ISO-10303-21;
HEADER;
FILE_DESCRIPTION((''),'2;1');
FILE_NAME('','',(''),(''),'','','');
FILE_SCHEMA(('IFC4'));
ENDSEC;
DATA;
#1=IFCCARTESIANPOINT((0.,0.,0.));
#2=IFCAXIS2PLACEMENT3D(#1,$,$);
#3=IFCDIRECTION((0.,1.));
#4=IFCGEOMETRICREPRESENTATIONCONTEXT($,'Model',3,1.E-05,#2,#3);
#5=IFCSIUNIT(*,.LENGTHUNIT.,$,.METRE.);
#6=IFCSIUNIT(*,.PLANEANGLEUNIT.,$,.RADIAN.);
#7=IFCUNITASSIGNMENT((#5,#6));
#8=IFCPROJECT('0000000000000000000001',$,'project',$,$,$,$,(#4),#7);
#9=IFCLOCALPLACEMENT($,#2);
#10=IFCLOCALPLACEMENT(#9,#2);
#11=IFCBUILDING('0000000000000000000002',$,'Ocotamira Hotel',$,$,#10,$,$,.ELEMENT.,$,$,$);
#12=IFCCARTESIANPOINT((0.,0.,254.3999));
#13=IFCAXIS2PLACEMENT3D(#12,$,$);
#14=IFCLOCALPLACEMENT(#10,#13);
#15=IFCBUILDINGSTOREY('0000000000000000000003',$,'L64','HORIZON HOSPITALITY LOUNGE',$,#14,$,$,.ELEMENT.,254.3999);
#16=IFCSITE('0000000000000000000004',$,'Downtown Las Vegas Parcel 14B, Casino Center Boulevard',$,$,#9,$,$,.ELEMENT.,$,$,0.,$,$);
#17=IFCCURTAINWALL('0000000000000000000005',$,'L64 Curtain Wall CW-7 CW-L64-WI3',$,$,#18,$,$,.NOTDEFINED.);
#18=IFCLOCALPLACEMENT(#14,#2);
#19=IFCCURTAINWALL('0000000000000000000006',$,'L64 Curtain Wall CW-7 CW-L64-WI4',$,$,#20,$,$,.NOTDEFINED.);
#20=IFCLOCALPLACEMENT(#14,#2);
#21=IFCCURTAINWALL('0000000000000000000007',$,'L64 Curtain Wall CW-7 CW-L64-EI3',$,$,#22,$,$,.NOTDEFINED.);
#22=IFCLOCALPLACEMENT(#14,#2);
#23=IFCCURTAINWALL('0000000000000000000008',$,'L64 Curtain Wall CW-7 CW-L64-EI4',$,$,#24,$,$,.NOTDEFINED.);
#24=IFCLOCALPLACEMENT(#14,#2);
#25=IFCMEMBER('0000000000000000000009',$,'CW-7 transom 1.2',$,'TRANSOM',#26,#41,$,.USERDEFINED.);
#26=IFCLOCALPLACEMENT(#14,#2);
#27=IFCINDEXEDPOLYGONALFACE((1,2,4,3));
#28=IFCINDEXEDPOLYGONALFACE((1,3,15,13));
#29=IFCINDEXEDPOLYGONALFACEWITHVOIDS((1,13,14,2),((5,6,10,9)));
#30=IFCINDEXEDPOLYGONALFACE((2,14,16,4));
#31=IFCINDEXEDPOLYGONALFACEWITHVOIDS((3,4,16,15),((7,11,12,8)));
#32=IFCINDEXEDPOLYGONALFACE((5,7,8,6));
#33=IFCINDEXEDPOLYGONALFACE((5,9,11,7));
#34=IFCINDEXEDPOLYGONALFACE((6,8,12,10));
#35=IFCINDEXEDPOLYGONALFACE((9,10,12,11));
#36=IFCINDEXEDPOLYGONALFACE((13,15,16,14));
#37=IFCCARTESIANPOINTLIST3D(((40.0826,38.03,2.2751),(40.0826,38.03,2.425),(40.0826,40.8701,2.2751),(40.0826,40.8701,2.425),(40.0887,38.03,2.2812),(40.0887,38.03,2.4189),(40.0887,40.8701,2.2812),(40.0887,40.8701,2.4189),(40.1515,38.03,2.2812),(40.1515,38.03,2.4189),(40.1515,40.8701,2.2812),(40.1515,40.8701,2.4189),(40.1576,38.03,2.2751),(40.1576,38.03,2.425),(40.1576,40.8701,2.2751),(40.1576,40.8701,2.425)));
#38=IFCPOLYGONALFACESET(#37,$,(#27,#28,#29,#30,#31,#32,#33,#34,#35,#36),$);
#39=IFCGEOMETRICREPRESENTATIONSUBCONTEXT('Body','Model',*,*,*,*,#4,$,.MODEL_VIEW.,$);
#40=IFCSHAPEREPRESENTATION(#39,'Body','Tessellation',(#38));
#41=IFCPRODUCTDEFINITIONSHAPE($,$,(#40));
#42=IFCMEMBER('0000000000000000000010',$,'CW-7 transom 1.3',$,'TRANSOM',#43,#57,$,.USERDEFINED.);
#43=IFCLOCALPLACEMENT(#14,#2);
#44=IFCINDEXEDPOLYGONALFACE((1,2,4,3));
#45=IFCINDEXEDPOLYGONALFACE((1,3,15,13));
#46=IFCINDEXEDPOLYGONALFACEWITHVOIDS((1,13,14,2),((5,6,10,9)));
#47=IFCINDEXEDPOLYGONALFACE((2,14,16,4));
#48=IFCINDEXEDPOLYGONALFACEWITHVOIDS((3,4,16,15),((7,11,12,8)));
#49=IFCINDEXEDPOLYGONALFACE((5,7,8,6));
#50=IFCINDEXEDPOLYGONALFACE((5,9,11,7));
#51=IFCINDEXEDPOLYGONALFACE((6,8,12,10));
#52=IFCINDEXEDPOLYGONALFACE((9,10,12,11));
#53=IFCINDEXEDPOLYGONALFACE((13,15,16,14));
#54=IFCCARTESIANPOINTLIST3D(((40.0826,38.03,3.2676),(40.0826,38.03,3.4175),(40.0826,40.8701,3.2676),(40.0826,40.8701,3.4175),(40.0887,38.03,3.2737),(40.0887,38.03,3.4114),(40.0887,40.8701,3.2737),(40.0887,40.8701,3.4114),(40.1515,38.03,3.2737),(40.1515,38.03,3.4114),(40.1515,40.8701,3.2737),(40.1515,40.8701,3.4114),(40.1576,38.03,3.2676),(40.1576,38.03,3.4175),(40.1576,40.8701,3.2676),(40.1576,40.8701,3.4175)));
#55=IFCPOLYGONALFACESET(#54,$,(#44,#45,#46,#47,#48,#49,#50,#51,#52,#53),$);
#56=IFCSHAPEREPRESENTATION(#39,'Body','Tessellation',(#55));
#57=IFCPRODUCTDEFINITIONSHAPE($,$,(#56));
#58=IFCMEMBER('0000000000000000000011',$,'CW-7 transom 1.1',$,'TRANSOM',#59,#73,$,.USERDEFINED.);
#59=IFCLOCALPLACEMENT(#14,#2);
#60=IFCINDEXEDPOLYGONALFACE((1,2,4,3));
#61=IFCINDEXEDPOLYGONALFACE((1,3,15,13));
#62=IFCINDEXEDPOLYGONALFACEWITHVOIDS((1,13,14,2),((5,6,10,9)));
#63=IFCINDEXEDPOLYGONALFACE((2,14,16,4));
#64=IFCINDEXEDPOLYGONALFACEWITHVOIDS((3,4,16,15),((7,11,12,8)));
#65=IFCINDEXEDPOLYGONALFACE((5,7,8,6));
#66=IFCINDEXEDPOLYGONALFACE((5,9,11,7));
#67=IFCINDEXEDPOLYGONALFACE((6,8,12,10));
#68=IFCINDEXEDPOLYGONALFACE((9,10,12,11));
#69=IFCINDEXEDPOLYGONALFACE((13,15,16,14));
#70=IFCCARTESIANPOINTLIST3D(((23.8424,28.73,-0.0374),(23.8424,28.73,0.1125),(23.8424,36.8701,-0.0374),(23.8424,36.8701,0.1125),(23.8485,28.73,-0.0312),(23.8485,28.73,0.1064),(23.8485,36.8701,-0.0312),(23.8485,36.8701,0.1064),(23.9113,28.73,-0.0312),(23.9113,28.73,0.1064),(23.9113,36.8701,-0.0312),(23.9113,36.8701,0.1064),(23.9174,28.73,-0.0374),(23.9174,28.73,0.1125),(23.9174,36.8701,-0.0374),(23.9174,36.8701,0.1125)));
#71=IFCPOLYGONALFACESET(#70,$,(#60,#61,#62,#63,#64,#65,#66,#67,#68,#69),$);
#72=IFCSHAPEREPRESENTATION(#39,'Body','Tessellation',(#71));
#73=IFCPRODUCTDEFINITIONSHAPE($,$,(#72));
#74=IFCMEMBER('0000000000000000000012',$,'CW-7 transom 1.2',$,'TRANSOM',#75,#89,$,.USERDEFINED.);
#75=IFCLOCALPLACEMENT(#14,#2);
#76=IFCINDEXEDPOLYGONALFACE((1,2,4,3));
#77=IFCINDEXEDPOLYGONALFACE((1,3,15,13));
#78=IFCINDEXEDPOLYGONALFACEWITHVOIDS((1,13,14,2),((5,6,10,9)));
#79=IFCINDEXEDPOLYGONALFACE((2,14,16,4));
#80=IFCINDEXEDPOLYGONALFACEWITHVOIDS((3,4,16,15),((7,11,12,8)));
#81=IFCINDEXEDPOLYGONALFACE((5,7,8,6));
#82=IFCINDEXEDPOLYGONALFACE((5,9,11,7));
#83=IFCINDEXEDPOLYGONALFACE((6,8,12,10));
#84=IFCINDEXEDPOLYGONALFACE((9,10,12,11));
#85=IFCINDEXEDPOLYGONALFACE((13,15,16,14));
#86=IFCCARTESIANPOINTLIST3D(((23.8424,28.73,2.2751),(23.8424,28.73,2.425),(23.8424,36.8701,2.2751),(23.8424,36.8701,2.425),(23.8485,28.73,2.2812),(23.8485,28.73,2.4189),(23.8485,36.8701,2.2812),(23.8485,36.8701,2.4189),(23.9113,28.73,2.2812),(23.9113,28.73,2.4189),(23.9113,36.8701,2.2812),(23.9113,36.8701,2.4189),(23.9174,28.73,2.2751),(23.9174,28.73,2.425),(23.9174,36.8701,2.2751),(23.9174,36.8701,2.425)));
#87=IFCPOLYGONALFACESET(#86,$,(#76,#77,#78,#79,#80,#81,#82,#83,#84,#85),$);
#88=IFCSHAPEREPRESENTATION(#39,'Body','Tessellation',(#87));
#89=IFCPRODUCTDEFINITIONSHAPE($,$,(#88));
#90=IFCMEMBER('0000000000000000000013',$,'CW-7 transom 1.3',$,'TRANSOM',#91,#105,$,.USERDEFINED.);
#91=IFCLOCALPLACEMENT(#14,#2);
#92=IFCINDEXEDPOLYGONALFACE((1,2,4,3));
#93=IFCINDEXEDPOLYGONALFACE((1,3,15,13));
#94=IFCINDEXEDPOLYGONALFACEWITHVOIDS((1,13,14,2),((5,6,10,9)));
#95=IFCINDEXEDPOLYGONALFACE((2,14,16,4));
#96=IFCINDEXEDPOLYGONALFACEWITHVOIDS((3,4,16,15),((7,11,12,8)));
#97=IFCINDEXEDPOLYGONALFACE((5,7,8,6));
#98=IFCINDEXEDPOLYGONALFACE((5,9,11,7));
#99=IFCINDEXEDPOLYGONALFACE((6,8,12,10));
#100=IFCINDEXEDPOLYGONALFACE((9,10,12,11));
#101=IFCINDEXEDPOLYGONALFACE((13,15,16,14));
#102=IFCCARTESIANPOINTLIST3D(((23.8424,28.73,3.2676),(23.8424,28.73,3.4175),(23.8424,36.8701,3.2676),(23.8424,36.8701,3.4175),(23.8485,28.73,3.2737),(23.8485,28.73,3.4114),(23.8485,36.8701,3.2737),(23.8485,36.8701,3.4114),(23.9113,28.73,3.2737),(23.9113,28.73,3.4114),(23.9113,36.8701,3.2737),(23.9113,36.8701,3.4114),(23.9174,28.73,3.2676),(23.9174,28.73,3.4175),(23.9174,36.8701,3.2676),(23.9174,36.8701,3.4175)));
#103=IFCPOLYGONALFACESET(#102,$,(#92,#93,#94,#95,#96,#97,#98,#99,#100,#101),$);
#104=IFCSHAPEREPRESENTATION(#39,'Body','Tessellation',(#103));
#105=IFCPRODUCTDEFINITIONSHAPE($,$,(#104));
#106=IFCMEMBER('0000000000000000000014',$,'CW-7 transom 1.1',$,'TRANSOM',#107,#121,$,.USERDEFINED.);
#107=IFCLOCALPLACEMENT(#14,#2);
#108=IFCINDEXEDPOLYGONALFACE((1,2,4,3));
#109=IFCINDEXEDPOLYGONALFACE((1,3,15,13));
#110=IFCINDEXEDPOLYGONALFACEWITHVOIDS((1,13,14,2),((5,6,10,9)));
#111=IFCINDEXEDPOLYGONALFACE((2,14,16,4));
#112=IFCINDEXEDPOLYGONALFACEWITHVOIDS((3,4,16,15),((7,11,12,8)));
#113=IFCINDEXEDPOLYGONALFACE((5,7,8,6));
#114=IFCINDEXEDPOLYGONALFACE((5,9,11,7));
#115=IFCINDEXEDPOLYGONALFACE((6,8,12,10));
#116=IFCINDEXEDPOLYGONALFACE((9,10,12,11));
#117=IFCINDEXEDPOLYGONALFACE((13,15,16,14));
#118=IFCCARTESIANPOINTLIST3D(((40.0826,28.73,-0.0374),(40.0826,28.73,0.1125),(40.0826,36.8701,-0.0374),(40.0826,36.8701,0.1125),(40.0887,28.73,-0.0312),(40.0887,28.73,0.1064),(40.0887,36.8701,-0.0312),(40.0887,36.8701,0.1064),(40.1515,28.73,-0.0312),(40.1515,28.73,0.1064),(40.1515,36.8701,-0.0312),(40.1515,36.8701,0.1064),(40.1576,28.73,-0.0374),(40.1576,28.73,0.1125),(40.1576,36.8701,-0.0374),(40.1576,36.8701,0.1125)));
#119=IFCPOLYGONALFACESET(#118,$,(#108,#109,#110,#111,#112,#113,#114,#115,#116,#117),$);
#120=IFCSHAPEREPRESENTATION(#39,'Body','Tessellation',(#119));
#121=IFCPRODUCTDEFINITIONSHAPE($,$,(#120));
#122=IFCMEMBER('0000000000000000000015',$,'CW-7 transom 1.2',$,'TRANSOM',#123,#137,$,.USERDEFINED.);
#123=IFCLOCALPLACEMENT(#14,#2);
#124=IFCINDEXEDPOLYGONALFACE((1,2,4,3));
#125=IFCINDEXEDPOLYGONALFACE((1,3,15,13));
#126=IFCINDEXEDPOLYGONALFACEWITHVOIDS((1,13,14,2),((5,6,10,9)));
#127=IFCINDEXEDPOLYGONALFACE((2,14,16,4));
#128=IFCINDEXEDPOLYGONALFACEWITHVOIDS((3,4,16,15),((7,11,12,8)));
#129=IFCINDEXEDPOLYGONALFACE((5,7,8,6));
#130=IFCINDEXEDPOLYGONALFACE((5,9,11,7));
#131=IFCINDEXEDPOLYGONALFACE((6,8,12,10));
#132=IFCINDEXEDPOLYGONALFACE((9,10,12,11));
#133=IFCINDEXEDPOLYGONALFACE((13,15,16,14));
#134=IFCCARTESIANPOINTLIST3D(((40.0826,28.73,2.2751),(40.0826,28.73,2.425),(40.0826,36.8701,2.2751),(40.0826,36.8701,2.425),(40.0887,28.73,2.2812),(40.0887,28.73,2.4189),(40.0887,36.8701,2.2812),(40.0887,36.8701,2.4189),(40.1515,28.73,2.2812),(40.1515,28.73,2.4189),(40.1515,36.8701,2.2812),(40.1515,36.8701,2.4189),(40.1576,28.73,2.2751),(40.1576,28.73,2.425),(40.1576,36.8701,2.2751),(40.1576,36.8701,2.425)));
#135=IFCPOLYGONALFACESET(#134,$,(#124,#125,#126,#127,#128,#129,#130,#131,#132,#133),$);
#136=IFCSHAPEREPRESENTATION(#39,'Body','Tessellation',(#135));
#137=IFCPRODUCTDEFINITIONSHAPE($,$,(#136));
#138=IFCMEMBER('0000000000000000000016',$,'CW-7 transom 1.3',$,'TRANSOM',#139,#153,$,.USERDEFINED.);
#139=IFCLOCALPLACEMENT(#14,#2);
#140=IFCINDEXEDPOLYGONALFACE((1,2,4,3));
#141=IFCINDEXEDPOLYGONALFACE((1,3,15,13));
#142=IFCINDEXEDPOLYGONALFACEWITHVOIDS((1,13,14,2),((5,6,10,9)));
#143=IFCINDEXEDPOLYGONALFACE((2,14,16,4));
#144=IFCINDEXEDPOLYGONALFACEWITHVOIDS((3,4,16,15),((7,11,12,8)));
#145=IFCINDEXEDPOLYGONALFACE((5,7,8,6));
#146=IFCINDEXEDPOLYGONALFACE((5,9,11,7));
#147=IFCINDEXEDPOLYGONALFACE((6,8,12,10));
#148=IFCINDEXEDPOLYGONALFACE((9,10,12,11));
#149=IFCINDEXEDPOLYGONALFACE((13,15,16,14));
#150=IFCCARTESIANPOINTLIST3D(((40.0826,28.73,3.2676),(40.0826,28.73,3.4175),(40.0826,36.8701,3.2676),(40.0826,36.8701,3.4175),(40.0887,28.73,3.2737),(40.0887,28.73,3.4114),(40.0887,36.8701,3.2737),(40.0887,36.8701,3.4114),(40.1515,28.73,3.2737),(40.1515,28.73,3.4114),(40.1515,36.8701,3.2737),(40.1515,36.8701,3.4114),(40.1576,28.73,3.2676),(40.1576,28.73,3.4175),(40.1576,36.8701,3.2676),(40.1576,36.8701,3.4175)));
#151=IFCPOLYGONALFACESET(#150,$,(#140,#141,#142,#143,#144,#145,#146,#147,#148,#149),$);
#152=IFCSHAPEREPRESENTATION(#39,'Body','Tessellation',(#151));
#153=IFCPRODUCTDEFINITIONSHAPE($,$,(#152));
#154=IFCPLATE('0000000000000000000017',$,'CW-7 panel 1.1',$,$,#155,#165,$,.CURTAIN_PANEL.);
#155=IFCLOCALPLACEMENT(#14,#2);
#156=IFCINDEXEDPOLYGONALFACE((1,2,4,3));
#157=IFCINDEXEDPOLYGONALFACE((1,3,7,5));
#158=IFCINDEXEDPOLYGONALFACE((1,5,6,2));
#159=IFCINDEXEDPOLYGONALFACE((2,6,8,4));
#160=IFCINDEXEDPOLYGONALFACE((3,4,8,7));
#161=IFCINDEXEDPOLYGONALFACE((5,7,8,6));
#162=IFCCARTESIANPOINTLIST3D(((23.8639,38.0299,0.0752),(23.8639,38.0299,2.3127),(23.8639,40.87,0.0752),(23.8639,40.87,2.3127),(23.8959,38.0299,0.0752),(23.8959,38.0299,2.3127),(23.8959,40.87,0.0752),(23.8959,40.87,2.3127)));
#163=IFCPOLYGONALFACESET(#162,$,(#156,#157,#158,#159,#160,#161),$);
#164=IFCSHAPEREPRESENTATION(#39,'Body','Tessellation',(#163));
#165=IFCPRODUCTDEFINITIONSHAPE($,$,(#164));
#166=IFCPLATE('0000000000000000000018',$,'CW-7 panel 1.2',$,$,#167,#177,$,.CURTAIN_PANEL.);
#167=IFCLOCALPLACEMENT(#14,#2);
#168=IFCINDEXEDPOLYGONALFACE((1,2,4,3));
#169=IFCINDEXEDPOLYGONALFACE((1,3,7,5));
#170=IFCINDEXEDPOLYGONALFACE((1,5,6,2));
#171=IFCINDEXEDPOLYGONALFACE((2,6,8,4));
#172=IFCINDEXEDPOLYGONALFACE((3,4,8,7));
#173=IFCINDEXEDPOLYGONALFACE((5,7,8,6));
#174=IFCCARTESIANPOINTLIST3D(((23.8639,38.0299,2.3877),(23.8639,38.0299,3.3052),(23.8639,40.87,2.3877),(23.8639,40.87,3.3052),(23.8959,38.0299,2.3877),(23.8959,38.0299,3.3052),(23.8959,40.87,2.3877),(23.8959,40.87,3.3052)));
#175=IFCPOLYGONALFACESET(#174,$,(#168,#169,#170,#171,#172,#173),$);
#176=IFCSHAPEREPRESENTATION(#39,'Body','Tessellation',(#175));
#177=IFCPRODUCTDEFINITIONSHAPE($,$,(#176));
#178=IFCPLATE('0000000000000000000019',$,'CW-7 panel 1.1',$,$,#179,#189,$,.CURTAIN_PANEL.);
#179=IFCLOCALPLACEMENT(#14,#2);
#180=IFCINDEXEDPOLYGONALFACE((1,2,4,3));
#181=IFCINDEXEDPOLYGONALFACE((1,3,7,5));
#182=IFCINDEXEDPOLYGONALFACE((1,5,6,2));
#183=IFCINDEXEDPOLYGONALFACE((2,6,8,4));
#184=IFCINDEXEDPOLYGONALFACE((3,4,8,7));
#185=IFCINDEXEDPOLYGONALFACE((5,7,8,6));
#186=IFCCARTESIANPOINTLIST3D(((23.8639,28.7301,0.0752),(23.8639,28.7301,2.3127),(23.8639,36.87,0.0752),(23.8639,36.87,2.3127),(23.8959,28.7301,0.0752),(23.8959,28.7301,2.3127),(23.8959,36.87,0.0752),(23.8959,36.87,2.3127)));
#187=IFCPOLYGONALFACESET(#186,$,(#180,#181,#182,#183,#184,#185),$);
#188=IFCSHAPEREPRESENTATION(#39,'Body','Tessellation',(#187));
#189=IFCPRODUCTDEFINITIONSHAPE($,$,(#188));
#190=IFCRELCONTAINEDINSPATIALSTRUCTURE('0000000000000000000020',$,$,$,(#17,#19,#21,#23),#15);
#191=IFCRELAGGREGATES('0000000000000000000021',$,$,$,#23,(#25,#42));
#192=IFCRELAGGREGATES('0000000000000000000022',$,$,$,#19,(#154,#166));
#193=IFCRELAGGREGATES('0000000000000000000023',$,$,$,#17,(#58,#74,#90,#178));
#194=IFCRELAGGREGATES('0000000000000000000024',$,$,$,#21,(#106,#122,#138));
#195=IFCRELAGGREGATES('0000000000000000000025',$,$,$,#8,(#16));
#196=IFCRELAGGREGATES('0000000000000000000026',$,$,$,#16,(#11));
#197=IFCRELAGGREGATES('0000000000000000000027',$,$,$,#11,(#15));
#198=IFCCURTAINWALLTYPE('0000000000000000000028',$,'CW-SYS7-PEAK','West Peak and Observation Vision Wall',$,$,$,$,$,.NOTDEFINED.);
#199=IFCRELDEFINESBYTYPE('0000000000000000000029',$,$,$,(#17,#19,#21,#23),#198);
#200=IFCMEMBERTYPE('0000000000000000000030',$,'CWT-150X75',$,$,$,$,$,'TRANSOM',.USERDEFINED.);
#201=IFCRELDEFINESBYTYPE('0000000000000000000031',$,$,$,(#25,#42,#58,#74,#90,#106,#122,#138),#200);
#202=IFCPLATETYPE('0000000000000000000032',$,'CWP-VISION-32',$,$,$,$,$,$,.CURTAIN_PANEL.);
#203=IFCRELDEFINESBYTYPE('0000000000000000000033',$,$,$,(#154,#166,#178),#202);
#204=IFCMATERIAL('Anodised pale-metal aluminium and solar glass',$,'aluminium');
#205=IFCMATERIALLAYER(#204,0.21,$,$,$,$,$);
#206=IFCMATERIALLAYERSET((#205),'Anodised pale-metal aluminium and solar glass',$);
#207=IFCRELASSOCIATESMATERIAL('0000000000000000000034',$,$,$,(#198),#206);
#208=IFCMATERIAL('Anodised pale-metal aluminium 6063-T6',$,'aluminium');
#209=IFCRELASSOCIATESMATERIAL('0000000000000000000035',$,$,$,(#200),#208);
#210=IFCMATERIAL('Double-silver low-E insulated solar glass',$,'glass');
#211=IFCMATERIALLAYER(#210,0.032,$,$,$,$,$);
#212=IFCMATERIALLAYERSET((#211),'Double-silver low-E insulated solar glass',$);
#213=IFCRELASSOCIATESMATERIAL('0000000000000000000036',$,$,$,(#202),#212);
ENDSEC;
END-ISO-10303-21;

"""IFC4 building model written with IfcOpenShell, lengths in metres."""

from ifc_helpers import new_model, si_unit, direction, frame, origin, origin_2d, place, context, subcontext, project, spatial, rectangle, hollow_rectangle, extrude, source, transform, mapped, material, layer, layer_set, material_profile, profile_set, type_object, element, aggregate, save


model = new_model("IFC4")

# Units and contexts
model_context = context("Model", 3, precision=1e-05, world=origin(), true_north=direction((0.0, 1.0)))
body_context = subcontext(model_context, "Body", "Model", "MODEL_VIEW")
ifc_project = project(units=[si_unit("LENGTHUNIT", "METRE"), si_unit("PLANEANGLEUNIT", "RADIAN")], contexts=[model_context])

# Site, building, storey
site_placement = place(None, origin())
site = spatial("IfcSite", under=ifc_project, at=site_placement, Name="Downtown Las Vegas Parcel 14B, Casino Center Boulevard", CompositionType="ELEMENT", RefElevation=0.0)
building_placement = place(site_placement, origin())
building = spatial("IfcBuilding", under=site, at=building_placement, Name="Ocotamira Hotel", CompositionType="ELEMENT")
storey_placement = place(building_placement, frame((0.0, 0.0, 254.3999)))
storey = spatial("IfcBuildingStorey", under=building, at=storey_placement, Name="L64", Description="HORIZON HOSPITALITY LOUNGE", CompositionType="ELEMENT", Elevation=254.3999)

# Curtain walls
ifc_material_1 = material(Name="Anodised pale-metal aluminium and solar glass", Category="aluminium")
ifc_layer_1 = layer(ifc_material_1, 0.21)
ifc_layer_set_1 = layer_set([ifc_layer_1], Name="Anodised pale-metal aluminium and solar glass")
curtain_wall_type = type_object("IfcCurtainWallType", Name="CW-SYS7-PEAK", Description="West Peak and Observation Vision Wall", PredefinedType="NOTDEFINED", material=ifc_layer_set_1)
curtain_wall_1_placement = place(storey_placement, origin())
curtain_wall_1 = element("IfcCurtainWall", 1, at=curtain_wall_1_placement, inside=storey, type_object=curtain_wall_type, Name="L64 Curtain Wall CW-7 CW-L64-WI3", PredefinedType="NOTDEFINED")
ifc_material_2 = material(Name="Anodised pale-metal aluminium 6063-T6", Category="aluminium")
curtain_wall_2_placement = place(storey_placement, origin())
curtain_wall_2 = element("IfcCurtainWall", 2, at=curtain_wall_2_placement, inside=storey, type_object=curtain_wall_type, Name="L64 Curtain Wall CW-7 CW-L64-WI4", PredefinedType="NOTDEFINED")
curtain_wall_3_placement = place(storey_placement, origin())
curtain_wall_3 = element("IfcCurtainWall", 3, at=curtain_wall_3_placement, inside=storey, type_object=curtain_wall_type, Name="L64 Curtain Wall CW-7 CW-L64-EI3", PredefinedType="NOTDEFINED")

# Curtain wall
curtain_wall_4_placement = place(storey_placement, origin())
curtain_wall_4 = element("IfcCurtainWall", 4, at=curtain_wall_4_placement, inside=storey, type_object=curtain_wall_type, Name="L64 Curtain Wall CW-7 CW-L64-EI4", PredefinedType="NOTDEFINED")

# Members
ifc_material_profile_1 = material_profile(ifc_material_2, hollow_rectangle(XDim=0.075, YDim=0.1499, WallThickness=0.0061, at=origin_2d()), Name="HSS150X75X6")
ifc_profile_set_1 = profile_set([ifc_material_profile_1], Name="Anodised pale-metal aluminium 6063-T6")
member_type_1 = type_object("IfcMemberType", Name="CWT-150X75", ElementType="TRANSOM", PredefinedType="USERDEFINED", material=ifc_profile_set_1)
shared_shape_1 = source(origin(), body_context, "Body", "SweptSolid", [
    extrude(hollow_rectangle(XDim=0.075, YDim=0.1499, WallThickness=0.0061, at=origin_2d()), origin(), (0.0, 0.0, 1.0), 2.8401),
])
member_1_placement = place(storey_placement, frame((40.1201, 38.03, 2.3501), z_axis=(0.0, 1.0, 0.0), x_axis=(-1.0, 0.0, 0.0)))
member_1 = element("IfcMember", 5, at=member_1_placement, type_object=member_type_1, Name="CW-7 transom 1.2", ObjectType="TRANSOM", PredefinedType="USERDEFINED", context=body_context, shape_type="MappedRepresentation", body=[
    mapped(shared_shape_1, transform((0.0, 0.0, 0.0), scale=1.0)),
])
member_2_placement = place(storey_placement, frame((40.1201, 38.03, 3.3425), z_axis=(0.0, 1.0, 0.0), x_axis=(-1.0, 0.0, 0.0)))
member_2 = element("IfcMember", 6, at=member_2_placement, type_object=member_type_1, Name="CW-7 transom 1.3", ObjectType="TRANSOM", PredefinedType="USERDEFINED", context=body_context, shape_type="MappedRepresentation", body=[
    mapped(shared_shape_1, transform((0.0, 0.0, 0.0), scale=1.0)),
])
aggregate(curtain_wall_4, [member_1, member_2])
shared_shape_2 = source(origin(), body_context, "Body", "SweptSolid", [
    extrude(hollow_rectangle(XDim=0.075, YDim=0.1499, WallThickness=0.0061, at=origin_2d()), origin(), (0.0, 0.0, 1.0), 8.1401),
])
member_3_placement = place(storey_placement, frame((23.8799, 28.73, 0.0376), z_axis=(0.0, 1.0, 0.0), x_axis=(-1.0, 0.0, 0.0)))
member_3 = element("IfcMember", 7, at=member_3_placement, type_object=member_type_1, Name="CW-7 transom 1.1", ObjectType="TRANSOM", PredefinedType="USERDEFINED", context=body_context, shape_type="MappedRepresentation", body=[
    mapped(shared_shape_2, transform((0.0, 0.0, 0.0), scale=1.0)),
])
member_4_placement = place(storey_placement, frame((23.8799, 28.73, 2.3501), z_axis=(0.0, 1.0, 0.0), x_axis=(-1.0, 0.0, 0.0)))
member_4 = element("IfcMember", 8, at=member_4_placement, type_object=member_type_1, Name="CW-7 transom 1.2", ObjectType="TRANSOM", PredefinedType="USERDEFINED", context=body_context, shape_type="MappedRepresentation", body=[
    mapped(shared_shape_2, transform((0.0, 0.0, 0.0), scale=1.0)),
])
member_5_placement = place(storey_placement, frame((23.8799, 28.73, 3.3425), z_axis=(0.0, 1.0, 0.0), x_axis=(-1.0, 0.0, 0.0)))
member_5 = element("IfcMember", 9, at=member_5_placement, type_object=member_type_1, Name="CW-7 transom 1.3", ObjectType="TRANSOM", PredefinedType="USERDEFINED", context=body_context, shape_type="MappedRepresentation", body=[
    mapped(shared_shape_2, transform((0.0, 0.0, 0.0), scale=1.0)),
])
member_6_placement = place(storey_placement, frame((40.1201, 28.73, 0.0376), z_axis=(0.0, 1.0, 0.0), x_axis=(-1.0, 0.0, 0.0)))
member_6 = element("IfcMember", 10, at=member_6_placement, type_object=member_type_1, Name="CW-7 transom 1.1", ObjectType="TRANSOM", PredefinedType="USERDEFINED", context=body_context, shape_type="MappedRepresentation", body=[
    mapped(shared_shape_2, transform((0.0, 0.0, 0.0), scale=1.0)),
])
member_7_placement = place(storey_placement, frame((40.1201, 28.73, 2.3501), z_axis=(0.0, 1.0, 0.0), x_axis=(-1.0, 0.0, 0.0)))
member_7 = element("IfcMember", 11, at=member_7_placement, type_object=member_type_1, Name="CW-7 transom 1.2", ObjectType="TRANSOM", PredefinedType="USERDEFINED", context=body_context, shape_type="MappedRepresentation", body=[
    mapped(shared_shape_2, transform((0.0, 0.0, 0.0), scale=1.0)),
])
member_8_placement = place(storey_placement, frame((40.1201, 28.73, 3.3425), z_axis=(0.0, 1.0, 0.0), x_axis=(-1.0, 0.0, 0.0)))
member_8 = element("IfcMember", 12, at=member_8_placement, type_object=member_type_1, Name="CW-7 transom 1.3", ObjectType="TRANSOM", PredefinedType="USERDEFINED", context=body_context, shape_type="MappedRepresentation", body=[
    mapped(shared_shape_2, transform((0.0, 0.0, 0.0), scale=1.0)),
])

# Plates
ifc_material_3 = material(Name="Double-silver low-E insulated solar glass", Category="glass")
ifc_layer_2 = layer(ifc_material_3, 0.032)
ifc_layer_set_2 = layer_set([ifc_layer_2], Name="Double-silver low-E insulated solar glass")
plate_type = type_object("IfcPlateType", Name="CWP-VISION-32", PredefinedType="CURTAIN_PANEL", material=ifc_layer_set_2)
shared_shape_3 = source(origin(), body_context, "Body", "SweptSolid", [
    extrude(rectangle(XDim=2.8401, YDim=0.032, at=origin_2d()), origin(), (0.0, 0.0, 1.0), 2.2375),
])
plate_1_placement = place(storey_placement, frame((23.8799, 39.45, 0.0752), z_axis=(0.0, 0.0, 1.0), x_axis=(0.0, 1.0, 0.0)))
plate_1 = element("IfcPlate", 13, at=plate_1_placement, type_object=plate_type, Name="CW-7 panel 1.1", PredefinedType="CURTAIN_PANEL", context=body_context, shape_type="MappedRepresentation", body=[
    mapped(shared_shape_3, transform((0.0, 0.0, 0.0), scale=1.0)),
])
shared_shape_4 = source(origin(), body_context, "Body", "SweptSolid", [
    extrude(rectangle(XDim=2.8401, YDim=0.032, at=origin_2d()), origin(), (0.0, 0.0, 1.0), 0.9175),
])
plate_2_placement = place(storey_placement, frame((23.8799, 39.45, 2.3877), z_axis=(0.0, 0.0, 1.0), x_axis=(0.0, 1.0, 0.0)))
plate_2 = element("IfcPlate", 14, at=plate_2_placement, type_object=plate_type, Name="CW-7 panel 1.2", PredefinedType="CURTAIN_PANEL", context=body_context, shape_type="MappedRepresentation", body=[
    mapped(shared_shape_4, transform((0.0, 0.0, 0.0), scale=1.0)),
])
aggregate(curtain_wall_2, [plate_1, plate_2])
shared_shape_5 = source(origin(), body_context, "Body", "SweptSolid", [
    extrude(rectangle(XDim=8.1399, YDim=0.032, at=origin_2d()), origin(), (0.0, 0.0, 1.0), 2.2375),
])
plate_3_placement = place(storey_placement, frame((23.8799, 32.8, 0.0752), z_axis=(0.0, 0.0, 1.0), x_axis=(0.0, 1.0, 0.0)))
plate_3 = element("IfcPlate", 15, at=plate_3_placement, type_object=plate_type, Name="CW-7 panel 1.1", PredefinedType="CURTAIN_PANEL", context=body_context, shape_type="MappedRepresentation", body=[
    mapped(shared_shape_5, transform((0.0, 0.0, 0.0), scale=1.0)),
])
aggregate(curtain_wall_1, [member_3, member_4, member_5, plate_3])
aggregate(curtain_wall_3, [member_6, member_7, member_8])

save(model, "model.ifc")
